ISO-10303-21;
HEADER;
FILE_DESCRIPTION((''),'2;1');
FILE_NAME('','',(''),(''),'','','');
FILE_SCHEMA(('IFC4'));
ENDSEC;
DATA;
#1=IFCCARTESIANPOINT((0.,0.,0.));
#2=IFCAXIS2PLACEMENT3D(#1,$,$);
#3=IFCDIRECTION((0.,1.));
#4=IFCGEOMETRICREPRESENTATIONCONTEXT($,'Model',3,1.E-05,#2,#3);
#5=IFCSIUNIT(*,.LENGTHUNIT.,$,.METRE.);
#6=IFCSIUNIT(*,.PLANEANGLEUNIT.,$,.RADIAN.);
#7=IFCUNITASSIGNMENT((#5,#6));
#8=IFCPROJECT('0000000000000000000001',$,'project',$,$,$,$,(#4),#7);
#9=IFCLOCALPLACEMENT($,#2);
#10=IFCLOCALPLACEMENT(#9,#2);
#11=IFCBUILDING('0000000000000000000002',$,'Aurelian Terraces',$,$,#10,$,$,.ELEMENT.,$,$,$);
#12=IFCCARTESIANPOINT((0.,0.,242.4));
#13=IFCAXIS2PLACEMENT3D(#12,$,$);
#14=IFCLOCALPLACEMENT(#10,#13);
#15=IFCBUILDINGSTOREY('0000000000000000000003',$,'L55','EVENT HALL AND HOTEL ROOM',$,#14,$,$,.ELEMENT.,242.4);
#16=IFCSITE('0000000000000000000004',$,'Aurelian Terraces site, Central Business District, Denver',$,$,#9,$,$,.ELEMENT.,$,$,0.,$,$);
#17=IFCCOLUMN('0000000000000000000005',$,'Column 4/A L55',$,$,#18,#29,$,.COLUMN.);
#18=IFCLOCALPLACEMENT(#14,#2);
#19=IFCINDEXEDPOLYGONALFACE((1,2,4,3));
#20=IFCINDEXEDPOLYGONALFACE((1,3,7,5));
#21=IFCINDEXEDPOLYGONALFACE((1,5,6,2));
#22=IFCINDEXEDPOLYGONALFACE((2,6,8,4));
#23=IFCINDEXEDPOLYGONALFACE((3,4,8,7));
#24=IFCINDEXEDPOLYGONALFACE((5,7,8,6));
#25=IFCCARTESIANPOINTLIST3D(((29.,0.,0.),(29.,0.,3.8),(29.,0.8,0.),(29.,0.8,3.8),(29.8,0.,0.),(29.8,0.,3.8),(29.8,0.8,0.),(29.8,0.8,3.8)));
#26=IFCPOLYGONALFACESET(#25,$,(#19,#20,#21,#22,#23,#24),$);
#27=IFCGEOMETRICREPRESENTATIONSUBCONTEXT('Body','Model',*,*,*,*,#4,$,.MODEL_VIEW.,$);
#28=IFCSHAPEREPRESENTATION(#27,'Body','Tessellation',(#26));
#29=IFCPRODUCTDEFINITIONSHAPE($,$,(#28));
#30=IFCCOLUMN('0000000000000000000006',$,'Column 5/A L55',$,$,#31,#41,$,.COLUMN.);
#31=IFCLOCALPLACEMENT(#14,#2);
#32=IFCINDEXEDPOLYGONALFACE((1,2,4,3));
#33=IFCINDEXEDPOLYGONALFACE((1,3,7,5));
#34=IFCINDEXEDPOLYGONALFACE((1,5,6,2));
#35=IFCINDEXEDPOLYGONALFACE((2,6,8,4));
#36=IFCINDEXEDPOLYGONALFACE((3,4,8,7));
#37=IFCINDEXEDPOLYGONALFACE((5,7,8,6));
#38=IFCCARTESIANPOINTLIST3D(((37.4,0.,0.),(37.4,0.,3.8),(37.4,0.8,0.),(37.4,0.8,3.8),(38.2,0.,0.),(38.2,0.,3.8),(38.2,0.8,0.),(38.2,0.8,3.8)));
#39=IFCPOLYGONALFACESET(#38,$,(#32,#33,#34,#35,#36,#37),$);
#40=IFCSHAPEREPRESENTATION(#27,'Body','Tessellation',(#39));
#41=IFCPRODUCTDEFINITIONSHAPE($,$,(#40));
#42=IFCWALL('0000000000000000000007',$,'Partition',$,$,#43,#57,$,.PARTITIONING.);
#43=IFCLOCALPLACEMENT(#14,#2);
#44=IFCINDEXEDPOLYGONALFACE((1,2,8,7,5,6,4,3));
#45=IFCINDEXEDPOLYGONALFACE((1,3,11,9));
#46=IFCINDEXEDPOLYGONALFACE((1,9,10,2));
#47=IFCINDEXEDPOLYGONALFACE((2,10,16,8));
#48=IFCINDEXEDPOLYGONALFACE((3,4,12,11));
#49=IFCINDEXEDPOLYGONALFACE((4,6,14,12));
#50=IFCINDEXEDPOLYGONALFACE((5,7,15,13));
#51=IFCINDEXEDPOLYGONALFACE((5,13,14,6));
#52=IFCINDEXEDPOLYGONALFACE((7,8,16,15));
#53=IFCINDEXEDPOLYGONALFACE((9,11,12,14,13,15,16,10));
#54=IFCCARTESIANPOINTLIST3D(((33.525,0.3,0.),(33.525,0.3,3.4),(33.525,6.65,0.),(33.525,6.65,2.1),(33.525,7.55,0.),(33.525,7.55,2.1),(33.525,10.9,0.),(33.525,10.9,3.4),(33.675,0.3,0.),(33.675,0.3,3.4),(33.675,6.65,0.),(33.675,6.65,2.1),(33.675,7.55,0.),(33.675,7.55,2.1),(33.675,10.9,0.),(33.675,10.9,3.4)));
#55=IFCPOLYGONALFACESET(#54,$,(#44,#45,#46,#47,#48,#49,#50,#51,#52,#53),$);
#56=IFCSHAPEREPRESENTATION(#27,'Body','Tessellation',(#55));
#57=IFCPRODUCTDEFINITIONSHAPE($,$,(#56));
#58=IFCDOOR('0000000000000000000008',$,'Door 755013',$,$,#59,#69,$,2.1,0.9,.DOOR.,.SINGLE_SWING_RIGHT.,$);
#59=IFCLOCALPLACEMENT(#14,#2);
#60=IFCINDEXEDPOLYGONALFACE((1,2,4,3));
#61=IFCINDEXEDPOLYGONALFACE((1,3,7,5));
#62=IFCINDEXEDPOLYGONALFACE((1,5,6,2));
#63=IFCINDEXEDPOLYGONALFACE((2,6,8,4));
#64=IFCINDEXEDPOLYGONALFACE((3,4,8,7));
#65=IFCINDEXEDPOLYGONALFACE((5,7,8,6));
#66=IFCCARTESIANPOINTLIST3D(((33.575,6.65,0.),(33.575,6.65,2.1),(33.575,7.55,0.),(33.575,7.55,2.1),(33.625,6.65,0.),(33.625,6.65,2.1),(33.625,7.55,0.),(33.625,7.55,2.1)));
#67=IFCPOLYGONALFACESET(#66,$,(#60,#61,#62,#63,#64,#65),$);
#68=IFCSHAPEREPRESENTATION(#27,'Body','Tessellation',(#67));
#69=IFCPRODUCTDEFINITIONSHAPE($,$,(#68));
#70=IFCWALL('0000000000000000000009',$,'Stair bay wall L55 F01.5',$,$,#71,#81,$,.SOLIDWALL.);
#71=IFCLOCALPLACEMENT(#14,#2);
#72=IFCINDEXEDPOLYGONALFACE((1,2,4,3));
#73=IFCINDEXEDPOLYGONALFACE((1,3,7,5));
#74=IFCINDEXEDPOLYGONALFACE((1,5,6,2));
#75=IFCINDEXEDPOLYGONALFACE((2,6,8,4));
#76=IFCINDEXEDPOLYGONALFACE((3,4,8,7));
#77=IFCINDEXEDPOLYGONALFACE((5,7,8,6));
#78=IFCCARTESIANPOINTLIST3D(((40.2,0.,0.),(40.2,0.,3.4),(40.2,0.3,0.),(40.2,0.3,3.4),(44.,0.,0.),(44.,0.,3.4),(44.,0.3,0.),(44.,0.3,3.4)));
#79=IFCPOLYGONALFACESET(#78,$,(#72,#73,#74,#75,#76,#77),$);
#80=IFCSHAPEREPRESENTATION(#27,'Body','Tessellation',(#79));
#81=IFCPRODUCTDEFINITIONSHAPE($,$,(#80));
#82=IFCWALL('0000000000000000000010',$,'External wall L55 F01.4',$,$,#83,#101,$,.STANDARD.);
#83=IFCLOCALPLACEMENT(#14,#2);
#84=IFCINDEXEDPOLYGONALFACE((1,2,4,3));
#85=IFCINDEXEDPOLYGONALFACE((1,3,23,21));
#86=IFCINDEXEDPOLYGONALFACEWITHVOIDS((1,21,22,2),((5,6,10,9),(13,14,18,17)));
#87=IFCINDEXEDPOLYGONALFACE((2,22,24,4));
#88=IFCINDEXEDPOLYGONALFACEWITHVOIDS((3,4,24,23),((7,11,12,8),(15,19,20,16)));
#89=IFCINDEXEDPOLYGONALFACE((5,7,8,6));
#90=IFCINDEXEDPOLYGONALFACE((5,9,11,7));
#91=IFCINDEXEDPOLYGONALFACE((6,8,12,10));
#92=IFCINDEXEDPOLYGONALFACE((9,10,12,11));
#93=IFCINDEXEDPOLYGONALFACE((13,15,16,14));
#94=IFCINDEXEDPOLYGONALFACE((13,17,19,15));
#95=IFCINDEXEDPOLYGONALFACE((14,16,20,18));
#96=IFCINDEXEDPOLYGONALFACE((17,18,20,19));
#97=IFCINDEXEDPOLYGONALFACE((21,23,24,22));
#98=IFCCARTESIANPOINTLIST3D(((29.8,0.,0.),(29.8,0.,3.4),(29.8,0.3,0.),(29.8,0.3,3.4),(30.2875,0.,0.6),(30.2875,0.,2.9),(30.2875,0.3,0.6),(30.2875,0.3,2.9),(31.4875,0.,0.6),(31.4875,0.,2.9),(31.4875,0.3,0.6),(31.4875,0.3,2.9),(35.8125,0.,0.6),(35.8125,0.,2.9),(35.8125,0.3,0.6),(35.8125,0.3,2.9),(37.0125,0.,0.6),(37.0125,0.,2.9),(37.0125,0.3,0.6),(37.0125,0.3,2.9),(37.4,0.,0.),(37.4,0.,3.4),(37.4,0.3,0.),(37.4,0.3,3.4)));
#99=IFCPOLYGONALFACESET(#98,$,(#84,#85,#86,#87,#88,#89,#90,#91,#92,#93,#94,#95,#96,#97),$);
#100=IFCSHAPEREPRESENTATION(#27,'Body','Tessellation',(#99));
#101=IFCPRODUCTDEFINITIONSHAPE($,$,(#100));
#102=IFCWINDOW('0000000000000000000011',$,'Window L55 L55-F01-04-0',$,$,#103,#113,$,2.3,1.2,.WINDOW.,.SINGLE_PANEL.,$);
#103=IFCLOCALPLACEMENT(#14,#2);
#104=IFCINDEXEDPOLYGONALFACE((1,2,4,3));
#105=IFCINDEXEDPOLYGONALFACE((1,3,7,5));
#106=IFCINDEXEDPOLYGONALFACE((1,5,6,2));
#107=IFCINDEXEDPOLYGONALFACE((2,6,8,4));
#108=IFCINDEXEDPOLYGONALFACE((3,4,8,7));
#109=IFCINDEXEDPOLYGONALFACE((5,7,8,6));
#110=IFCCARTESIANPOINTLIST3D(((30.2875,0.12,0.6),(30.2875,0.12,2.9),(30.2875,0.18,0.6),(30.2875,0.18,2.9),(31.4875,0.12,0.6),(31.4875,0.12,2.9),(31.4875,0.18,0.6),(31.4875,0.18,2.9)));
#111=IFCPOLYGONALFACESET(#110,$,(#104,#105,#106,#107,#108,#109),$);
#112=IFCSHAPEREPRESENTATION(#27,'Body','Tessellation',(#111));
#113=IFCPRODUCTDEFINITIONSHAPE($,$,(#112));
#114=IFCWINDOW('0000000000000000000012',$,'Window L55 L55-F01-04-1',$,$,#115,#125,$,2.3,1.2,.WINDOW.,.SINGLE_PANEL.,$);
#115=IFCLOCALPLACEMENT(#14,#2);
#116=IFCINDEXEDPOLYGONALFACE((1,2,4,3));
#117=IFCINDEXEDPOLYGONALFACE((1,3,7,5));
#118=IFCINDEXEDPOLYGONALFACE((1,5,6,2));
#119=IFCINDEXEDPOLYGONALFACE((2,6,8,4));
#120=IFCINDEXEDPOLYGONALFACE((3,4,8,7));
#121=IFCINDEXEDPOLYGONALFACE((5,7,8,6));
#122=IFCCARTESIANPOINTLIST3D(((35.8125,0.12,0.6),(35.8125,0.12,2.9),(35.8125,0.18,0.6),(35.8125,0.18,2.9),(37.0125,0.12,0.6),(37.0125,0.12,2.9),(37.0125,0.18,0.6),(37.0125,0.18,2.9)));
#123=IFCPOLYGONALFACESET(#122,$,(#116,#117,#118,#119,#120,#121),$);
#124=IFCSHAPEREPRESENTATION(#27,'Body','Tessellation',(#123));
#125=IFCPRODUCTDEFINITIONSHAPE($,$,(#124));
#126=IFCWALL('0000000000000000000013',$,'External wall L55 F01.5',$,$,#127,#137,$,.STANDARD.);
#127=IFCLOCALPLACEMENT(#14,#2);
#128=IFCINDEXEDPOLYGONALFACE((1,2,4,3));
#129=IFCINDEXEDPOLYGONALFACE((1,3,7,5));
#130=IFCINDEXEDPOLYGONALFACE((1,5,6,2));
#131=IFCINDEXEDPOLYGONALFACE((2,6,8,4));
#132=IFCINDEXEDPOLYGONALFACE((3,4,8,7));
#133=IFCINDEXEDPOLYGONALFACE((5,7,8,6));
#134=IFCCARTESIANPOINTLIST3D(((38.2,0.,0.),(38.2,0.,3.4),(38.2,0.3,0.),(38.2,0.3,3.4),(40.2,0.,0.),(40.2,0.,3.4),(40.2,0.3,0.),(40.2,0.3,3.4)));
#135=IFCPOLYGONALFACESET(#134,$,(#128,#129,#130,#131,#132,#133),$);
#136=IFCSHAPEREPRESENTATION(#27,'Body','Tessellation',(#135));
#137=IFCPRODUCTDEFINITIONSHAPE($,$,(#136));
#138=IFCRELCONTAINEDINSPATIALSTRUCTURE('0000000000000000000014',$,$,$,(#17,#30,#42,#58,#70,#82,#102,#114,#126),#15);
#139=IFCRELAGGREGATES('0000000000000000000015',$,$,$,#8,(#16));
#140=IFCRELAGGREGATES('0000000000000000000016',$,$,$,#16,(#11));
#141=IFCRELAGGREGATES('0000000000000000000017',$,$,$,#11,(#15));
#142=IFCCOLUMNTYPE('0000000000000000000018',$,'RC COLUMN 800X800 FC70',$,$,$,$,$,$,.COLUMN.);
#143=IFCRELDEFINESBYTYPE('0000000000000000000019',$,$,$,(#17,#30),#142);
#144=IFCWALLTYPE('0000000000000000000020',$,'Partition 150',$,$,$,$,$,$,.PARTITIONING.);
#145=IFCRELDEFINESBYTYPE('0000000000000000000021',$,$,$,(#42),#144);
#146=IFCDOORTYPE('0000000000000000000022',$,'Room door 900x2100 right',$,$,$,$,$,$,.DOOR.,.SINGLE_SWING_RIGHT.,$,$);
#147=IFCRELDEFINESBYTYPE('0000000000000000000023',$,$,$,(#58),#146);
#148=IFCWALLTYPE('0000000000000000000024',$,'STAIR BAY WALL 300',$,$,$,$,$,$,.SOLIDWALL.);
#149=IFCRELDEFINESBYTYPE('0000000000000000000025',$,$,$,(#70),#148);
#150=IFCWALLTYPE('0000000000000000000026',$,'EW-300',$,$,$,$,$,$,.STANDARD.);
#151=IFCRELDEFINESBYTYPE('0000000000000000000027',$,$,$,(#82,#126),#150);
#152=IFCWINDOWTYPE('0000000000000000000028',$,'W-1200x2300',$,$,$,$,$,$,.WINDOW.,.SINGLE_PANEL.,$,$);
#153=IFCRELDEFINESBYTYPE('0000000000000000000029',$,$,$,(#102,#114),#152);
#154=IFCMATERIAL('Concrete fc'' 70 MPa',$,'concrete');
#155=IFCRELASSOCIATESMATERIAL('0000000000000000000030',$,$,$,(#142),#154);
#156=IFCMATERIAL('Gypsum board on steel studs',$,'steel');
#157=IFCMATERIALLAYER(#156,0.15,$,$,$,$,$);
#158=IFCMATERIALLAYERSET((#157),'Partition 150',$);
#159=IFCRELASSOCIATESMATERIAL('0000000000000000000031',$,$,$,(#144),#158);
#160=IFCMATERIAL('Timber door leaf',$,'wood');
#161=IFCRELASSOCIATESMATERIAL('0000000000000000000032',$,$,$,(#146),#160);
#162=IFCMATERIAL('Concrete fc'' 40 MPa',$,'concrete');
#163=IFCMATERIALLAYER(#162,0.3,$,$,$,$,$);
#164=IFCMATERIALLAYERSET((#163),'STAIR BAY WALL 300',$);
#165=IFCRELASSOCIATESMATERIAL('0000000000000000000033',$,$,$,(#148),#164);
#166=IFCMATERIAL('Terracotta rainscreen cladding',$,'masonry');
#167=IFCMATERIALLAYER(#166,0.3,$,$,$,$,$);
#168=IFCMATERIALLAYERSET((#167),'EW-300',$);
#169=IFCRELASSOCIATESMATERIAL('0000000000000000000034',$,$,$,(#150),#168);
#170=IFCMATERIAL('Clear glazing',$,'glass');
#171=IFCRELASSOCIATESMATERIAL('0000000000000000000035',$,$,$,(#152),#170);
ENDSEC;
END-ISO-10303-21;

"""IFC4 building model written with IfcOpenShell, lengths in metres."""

from ifc_helpers import new_model, si_unit, direction, frame, frame_2d, origin, origin_2d, place, context, subcontext, project, spatial, rectangle, extrude, source, transform, mapped, material, layer, layer_set, material_profile, profile_set, type_object, element, fill, save


model = new_model("IFC4")

# Units and contexts
model_context = context("Model", 3, precision=1e-05, world=origin(), true_north=direction((0.0, 1.0)))
body_context = subcontext(model_context, "Body", "Model", "MODEL_VIEW")
ifc_project = project(units=[si_unit("LENGTHUNIT", "METRE"), si_unit("PLANEANGLEUNIT", "RADIAN")], contexts=[model_context])

# Site, building, storey
site_placement = place(None, origin())
site = spatial("IfcSite", under=ifc_project, at=site_placement, Name="Aurelian Terraces site, Central Business District, Denver", CompositionType="ELEMENT", RefElevation=0.0)
building_placement = place(site_placement, origin())
building = spatial("IfcBuilding", under=site, at=building_placement, Name="Aurelian Terraces", CompositionType="ELEMENT")
storey_placement = place(building_placement, frame((0.0, 0.0, 242.4)))
storey = spatial("IfcBuildingStorey", under=building, at=storey_placement, Name="L55", Description="EVENT HALL AND HOTEL ROOM", CompositionType="ELEMENT", Elevation=242.4)

# Columns
ifc_material_1 = material(Name="Concrete fc' 70 MPa", Category="concrete")
ifc_material_profile = material_profile(ifc_material_1, rectangle(XDim=0.8, YDim=0.8, at=origin_2d()))
ifc_profile_set = profile_set([ifc_material_profile], Name="Concrete fc' 70 MPa")
column_type = type_object("IfcColumnType", Name="RC COLUMN 800X800 FC70", PredefinedType="COLUMN", material=ifc_profile_set)
shared_shape_1 = source(origin(), body_context, "Body", "SweptSolid", [
    extrude(rectangle(XDim=0.8, YDim=0.8, at=origin_2d()), origin(), (0.0, 0.0, 1.0), 3.8),
])
for number, where, z_axis, x_axis, name in (
    (1, (29.4, 0.4, 0.0), (0.0, 0.0, 1.0), (1.0, 0.0, 0.0), "Column 4/A L55"),
    (2, (37.8, 0.4, 0.0), (0.0, 0.0, 1.0), (1.0, 0.0, 0.0), "Column 5/A L55"),
):
    element("IfcColumn", number, at=place(storey_placement, frame(where, z_axis=z_axis, x_axis=x_axis)), inside=storey, type_object=column_type, Name=name, PredefinedType="COLUMN", context=body_context, shape_type="MappedRepresentation", body=[
        mapped(shared_shape_1, transform((0.0, 0.0, 0.0), scale=1.0)),
    ])

# Wall, opening, door
ifc_material_2 = material(Name="Gypsum board on steel studs", Category="steel")
ifc_layer_1 = layer(ifc_material_2, 0.15)
ifc_layer_set_1 = layer_set([ifc_layer_1], Name="Partition 150")
wall_type_1 = type_object("IfcWallType", Name="Partition 150", PredefinedType="PARTITIONING", material=ifc_layer_set_1)
wall_1_placement = place(storey_placement, frame((33.6, 0.3, 0.0), z_axis=(0.0, 0.0, 1.0), x_axis=(0.0, 1.0, 0.0)))
wall_1 = element("IfcWall", 3, at=wall_1_placement, inside=storey, type_object=wall_type_1, Name="Partition", PredefinedType="PARTITIONING", context=body_context, shape_type="SweptSolid", body=[
    extrude(rectangle(XDim=10.6, YDim=0.15, at=frame_2d((5.3, 0.0))), origin(), (0.0, 0.0, 1.0), 3.4),
])
shared_shape_2 = source(origin(), body_context, "Body", "SweptSolid", [
    extrude(rectangle(XDim=0.9, YDim=2.1, at=frame_2d((0.45, 1.05))), frame((0.0, 0.085, 0.0), z_axis=(0.0, -1.0, 0.0), x_axis=(1.0, 0.0, 0.0)), (0.0, 0.0, 1.0), 0.17),
])
opening_1_placement = place(wall_1_placement, frame((6.35, 0.0, 0.0)))
opening_1 = element("IfcOpeningElement", 4, at=opening_1_placement, cuts=wall_1, PredefinedType="OPENING", context=body_context, shape_type="MappedRepresentation", body=[
    mapped(shared_shape_2, transform((0.0, 0.0, 0.0), scale=1.0)),
])
ifc_material_3 = material(Name="Timber door leaf", Category="wood")
door_type_1 = type_object("IfcDoorType", Name="Room door 900x2100 right", OperationType="SINGLE_SWING_RIGHT", PredefinedType="DOOR", material=ifc_material_3)
shared_shape_3 = source(origin(), body_context, "Body", "SweptSolid", [
    extrude(rectangle(XDim=0.9, YDim=2.1, at=frame_2d((0.45, 1.05))), frame((0.0, 0.025, 0.0), z_axis=(0.0, -1.0, 0.0), x_axis=(1.0, 0.0, 0.0)), (0.0, 0.0, 1.0), 0.05),
])
door_1_placement = place(opening_1_placement, origin())
door_1 = element("IfcDoor", 5, at=door_1_placement, inside=storey, type_object=door_type_1, Name="Door 755013", OperationType="SINGLE_SWING_RIGHT", OverallHeight=2.1, OverallWidth=0.9, PredefinedType="DOOR", context=body_context, shape_type="MappedRepresentation", body=[
    mapped(shared_shape_3, transform((0.0, 0.0, 0.0), scale=1.0)),
])
fill(opening_1, door_1)

# Wall
ifc_material_4 = material(Name="Concrete fc' 40 MPa", Category="concrete")
ifc_layer_2 = layer(ifc_material_4, 0.3)
ifc_layer_set_2 = layer_set([ifc_layer_2], Name="STAIR BAY WALL 300")
wall_type_2 = type_object("IfcWallType", Name="STAIR BAY WALL 300", PredefinedType="SOLIDWALL", material=ifc_layer_set_2)
shared_shape_4 = source(origin(), body_context, "Body", "SweptSolid", [
    extrude(rectangle(XDim=3.8, YDim=0.3, at=frame_2d((1.9, 0.0))), origin(), (0.0, 0.0, 1.0), 3.4),
])
wall_2_placement = place(storey_placement, frame((40.2, 0.15, 0.0), z_axis=(0.0, 0.0, 1.0), x_axis=(1.0, 0.0, 0.0)))
element("IfcWall", 6, at=wall_2_placement, inside=storey, type_object=wall_type_2, Name="Stair bay wall L55 F01.5", PredefinedType="SOLIDWALL", context=body_context, shape_type="MappedRepresentation", body=[
    mapped(shared_shape_4, transform((0.0, 0.0, 0.0), scale=1.0)),
])

# Wall, openings, windows
ifc_material_5 = material(Name="Terracotta rainscreen cladding", Category="masonry")
ifc_layer_3 = layer(ifc_material_5, 0.3)
ifc_layer_set_3 = layer_set([ifc_layer_3], Name="EW-300")
wall_type_3 = type_object("IfcWallType", Name="EW-300", PredefinedType="STANDARD", material=ifc_layer_set_3)
shared_shape_5 = source(origin(), body_context, "Body", "SweptSolid", [
    extrude(rectangle(XDim=7.6, YDim=0.3, at=frame_2d((3.8, 0.0))), origin(), (0.0, 0.0, 1.0), 3.4),
])
wall_3_placement = place(storey_placement, frame((29.8, 0.15, 0.0), z_axis=(0.0, 0.0, 1.0), x_axis=(1.0, 0.0, 0.0)))
wall_3 = element("IfcWall", 7, at=wall_3_placement, inside=storey, type_object=wall_type_3, Name="External wall L55 F01.4", PredefinedType="STANDARD", context=body_context, shape_type="MappedRepresentation", body=[
    mapped(shared_shape_5, transform((0.0, 0.0, 0.0), scale=1.0)),
])
shared_shape_6 = source(origin(), body_context, "Body", "SweptSolid", [
    extrude(rectangle(XDim=1.2, YDim=2.3, at=frame_2d((0.6, 1.15))), frame((0.0, 0.16, 0.0), z_axis=(0.0, -1.0, 0.0), x_axis=(1.0, 0.0, 0.0)), (0.0, 0.0, 1.0), 0.32),
])
opening_2_placement = place(wall_3_placement, frame((0.4875, 0.0, 0.6)))
opening_2 = element("IfcOpeningElement", 8, at=opening_2_placement, cuts=wall_3, PredefinedType="OPENING", context=body_context, shape_type="MappedRepresentation", body=[
    mapped(shared_shape_6, transform((0.0, 0.0, 0.0), scale=1.0)),
])
opening_3_placement = place(wall_3_placement, frame((6.0125, 0.0, 0.6)))
opening_3 = element("IfcOpeningElement", 9, at=opening_3_placement, cuts=wall_3, PredefinedType="OPENING", context=body_context, shape_type="MappedRepresentation", body=[
    mapped(shared_shape_6, transform((0.0, 0.0, 0.0), scale=1.0)),
])
ifc_material_6 = material(Name="Clear glazing", Category="glass")
window_type = type_object("IfcWindowType", Name="W-1200x2300", PartitioningType="SINGLE_PANEL", PredefinedType="WINDOW", material=ifc_material_6)
shared_shape_7 = source(origin(), body_context, "Body", "SweptSolid", [
    extrude(rectangle(XDim=1.2, YDim=2.3, at=frame_2d((0.6, 1.15))), frame((0.0, 0.03, 0.0), z_axis=(0.0, -1.0, 0.0), x_axis=(1.0, 0.0, 0.0)), (0.0, 0.0, 1.0), 0.06),
])
window_1_placement = place(opening_2_placement, origin())
window_1 = element("IfcWindow", 10, at=window_1_placement, inside=storey, type_object=window_type, Name="Window L55 L55-F01-04-0", OverallHeight=2.3, OverallWidth=1.2, PartitioningType="SINGLE_PANEL", PredefinedType="WINDOW", context=body_context, shape_type="MappedRepresentation", body=[
    mapped(shared_shape_7, transform((0.0, 0.0, 0.0), scale=1.0)),
])
fill(opening_2, window_1)
window_2_placement = place(opening_3_placement, origin())
window_2 = element("IfcWindow", 11, at=window_2_placement, inside=storey, type_object=window_type, Name="Window L55 L55-F01-04-1", OverallHeight=2.3, OverallWidth=1.2, PartitioningType="SINGLE_PANEL", PredefinedType="WINDOW", context=body_context, shape_type="MappedRepresentation", body=[
    mapped(shared_shape_7, transform((0.0, 0.0, 0.0), scale=1.0)),
])
fill(opening_3, window_2)

# Wall
shared_shape_8 = source(origin(), body_context, "Body", "SweptSolid", [
    extrude(rectangle(XDim=2.0, YDim=0.3, at=frame_2d((1.0, 0.0))), origin(), (0.0, 0.0, 1.0), 3.4),
])
wall_4_placement = place(storey_placement, frame((38.2, 0.15, 0.0), z_axis=(0.0, 0.0, 1.0), x_axis=(1.0, 0.0, 0.0)))
element("IfcWall", 12, at=wall_4_placement, inside=storey, type_object=wall_type_3, Name="External wall L55 F01.5", PredefinedType="STANDARD", context=body_context, shape_type="MappedRepresentation", body=[
    mapped(shared_shape_8, transform((0.0, 0.0, 0.0), scale=1.0)),
])

save(model, "model.ifc")
